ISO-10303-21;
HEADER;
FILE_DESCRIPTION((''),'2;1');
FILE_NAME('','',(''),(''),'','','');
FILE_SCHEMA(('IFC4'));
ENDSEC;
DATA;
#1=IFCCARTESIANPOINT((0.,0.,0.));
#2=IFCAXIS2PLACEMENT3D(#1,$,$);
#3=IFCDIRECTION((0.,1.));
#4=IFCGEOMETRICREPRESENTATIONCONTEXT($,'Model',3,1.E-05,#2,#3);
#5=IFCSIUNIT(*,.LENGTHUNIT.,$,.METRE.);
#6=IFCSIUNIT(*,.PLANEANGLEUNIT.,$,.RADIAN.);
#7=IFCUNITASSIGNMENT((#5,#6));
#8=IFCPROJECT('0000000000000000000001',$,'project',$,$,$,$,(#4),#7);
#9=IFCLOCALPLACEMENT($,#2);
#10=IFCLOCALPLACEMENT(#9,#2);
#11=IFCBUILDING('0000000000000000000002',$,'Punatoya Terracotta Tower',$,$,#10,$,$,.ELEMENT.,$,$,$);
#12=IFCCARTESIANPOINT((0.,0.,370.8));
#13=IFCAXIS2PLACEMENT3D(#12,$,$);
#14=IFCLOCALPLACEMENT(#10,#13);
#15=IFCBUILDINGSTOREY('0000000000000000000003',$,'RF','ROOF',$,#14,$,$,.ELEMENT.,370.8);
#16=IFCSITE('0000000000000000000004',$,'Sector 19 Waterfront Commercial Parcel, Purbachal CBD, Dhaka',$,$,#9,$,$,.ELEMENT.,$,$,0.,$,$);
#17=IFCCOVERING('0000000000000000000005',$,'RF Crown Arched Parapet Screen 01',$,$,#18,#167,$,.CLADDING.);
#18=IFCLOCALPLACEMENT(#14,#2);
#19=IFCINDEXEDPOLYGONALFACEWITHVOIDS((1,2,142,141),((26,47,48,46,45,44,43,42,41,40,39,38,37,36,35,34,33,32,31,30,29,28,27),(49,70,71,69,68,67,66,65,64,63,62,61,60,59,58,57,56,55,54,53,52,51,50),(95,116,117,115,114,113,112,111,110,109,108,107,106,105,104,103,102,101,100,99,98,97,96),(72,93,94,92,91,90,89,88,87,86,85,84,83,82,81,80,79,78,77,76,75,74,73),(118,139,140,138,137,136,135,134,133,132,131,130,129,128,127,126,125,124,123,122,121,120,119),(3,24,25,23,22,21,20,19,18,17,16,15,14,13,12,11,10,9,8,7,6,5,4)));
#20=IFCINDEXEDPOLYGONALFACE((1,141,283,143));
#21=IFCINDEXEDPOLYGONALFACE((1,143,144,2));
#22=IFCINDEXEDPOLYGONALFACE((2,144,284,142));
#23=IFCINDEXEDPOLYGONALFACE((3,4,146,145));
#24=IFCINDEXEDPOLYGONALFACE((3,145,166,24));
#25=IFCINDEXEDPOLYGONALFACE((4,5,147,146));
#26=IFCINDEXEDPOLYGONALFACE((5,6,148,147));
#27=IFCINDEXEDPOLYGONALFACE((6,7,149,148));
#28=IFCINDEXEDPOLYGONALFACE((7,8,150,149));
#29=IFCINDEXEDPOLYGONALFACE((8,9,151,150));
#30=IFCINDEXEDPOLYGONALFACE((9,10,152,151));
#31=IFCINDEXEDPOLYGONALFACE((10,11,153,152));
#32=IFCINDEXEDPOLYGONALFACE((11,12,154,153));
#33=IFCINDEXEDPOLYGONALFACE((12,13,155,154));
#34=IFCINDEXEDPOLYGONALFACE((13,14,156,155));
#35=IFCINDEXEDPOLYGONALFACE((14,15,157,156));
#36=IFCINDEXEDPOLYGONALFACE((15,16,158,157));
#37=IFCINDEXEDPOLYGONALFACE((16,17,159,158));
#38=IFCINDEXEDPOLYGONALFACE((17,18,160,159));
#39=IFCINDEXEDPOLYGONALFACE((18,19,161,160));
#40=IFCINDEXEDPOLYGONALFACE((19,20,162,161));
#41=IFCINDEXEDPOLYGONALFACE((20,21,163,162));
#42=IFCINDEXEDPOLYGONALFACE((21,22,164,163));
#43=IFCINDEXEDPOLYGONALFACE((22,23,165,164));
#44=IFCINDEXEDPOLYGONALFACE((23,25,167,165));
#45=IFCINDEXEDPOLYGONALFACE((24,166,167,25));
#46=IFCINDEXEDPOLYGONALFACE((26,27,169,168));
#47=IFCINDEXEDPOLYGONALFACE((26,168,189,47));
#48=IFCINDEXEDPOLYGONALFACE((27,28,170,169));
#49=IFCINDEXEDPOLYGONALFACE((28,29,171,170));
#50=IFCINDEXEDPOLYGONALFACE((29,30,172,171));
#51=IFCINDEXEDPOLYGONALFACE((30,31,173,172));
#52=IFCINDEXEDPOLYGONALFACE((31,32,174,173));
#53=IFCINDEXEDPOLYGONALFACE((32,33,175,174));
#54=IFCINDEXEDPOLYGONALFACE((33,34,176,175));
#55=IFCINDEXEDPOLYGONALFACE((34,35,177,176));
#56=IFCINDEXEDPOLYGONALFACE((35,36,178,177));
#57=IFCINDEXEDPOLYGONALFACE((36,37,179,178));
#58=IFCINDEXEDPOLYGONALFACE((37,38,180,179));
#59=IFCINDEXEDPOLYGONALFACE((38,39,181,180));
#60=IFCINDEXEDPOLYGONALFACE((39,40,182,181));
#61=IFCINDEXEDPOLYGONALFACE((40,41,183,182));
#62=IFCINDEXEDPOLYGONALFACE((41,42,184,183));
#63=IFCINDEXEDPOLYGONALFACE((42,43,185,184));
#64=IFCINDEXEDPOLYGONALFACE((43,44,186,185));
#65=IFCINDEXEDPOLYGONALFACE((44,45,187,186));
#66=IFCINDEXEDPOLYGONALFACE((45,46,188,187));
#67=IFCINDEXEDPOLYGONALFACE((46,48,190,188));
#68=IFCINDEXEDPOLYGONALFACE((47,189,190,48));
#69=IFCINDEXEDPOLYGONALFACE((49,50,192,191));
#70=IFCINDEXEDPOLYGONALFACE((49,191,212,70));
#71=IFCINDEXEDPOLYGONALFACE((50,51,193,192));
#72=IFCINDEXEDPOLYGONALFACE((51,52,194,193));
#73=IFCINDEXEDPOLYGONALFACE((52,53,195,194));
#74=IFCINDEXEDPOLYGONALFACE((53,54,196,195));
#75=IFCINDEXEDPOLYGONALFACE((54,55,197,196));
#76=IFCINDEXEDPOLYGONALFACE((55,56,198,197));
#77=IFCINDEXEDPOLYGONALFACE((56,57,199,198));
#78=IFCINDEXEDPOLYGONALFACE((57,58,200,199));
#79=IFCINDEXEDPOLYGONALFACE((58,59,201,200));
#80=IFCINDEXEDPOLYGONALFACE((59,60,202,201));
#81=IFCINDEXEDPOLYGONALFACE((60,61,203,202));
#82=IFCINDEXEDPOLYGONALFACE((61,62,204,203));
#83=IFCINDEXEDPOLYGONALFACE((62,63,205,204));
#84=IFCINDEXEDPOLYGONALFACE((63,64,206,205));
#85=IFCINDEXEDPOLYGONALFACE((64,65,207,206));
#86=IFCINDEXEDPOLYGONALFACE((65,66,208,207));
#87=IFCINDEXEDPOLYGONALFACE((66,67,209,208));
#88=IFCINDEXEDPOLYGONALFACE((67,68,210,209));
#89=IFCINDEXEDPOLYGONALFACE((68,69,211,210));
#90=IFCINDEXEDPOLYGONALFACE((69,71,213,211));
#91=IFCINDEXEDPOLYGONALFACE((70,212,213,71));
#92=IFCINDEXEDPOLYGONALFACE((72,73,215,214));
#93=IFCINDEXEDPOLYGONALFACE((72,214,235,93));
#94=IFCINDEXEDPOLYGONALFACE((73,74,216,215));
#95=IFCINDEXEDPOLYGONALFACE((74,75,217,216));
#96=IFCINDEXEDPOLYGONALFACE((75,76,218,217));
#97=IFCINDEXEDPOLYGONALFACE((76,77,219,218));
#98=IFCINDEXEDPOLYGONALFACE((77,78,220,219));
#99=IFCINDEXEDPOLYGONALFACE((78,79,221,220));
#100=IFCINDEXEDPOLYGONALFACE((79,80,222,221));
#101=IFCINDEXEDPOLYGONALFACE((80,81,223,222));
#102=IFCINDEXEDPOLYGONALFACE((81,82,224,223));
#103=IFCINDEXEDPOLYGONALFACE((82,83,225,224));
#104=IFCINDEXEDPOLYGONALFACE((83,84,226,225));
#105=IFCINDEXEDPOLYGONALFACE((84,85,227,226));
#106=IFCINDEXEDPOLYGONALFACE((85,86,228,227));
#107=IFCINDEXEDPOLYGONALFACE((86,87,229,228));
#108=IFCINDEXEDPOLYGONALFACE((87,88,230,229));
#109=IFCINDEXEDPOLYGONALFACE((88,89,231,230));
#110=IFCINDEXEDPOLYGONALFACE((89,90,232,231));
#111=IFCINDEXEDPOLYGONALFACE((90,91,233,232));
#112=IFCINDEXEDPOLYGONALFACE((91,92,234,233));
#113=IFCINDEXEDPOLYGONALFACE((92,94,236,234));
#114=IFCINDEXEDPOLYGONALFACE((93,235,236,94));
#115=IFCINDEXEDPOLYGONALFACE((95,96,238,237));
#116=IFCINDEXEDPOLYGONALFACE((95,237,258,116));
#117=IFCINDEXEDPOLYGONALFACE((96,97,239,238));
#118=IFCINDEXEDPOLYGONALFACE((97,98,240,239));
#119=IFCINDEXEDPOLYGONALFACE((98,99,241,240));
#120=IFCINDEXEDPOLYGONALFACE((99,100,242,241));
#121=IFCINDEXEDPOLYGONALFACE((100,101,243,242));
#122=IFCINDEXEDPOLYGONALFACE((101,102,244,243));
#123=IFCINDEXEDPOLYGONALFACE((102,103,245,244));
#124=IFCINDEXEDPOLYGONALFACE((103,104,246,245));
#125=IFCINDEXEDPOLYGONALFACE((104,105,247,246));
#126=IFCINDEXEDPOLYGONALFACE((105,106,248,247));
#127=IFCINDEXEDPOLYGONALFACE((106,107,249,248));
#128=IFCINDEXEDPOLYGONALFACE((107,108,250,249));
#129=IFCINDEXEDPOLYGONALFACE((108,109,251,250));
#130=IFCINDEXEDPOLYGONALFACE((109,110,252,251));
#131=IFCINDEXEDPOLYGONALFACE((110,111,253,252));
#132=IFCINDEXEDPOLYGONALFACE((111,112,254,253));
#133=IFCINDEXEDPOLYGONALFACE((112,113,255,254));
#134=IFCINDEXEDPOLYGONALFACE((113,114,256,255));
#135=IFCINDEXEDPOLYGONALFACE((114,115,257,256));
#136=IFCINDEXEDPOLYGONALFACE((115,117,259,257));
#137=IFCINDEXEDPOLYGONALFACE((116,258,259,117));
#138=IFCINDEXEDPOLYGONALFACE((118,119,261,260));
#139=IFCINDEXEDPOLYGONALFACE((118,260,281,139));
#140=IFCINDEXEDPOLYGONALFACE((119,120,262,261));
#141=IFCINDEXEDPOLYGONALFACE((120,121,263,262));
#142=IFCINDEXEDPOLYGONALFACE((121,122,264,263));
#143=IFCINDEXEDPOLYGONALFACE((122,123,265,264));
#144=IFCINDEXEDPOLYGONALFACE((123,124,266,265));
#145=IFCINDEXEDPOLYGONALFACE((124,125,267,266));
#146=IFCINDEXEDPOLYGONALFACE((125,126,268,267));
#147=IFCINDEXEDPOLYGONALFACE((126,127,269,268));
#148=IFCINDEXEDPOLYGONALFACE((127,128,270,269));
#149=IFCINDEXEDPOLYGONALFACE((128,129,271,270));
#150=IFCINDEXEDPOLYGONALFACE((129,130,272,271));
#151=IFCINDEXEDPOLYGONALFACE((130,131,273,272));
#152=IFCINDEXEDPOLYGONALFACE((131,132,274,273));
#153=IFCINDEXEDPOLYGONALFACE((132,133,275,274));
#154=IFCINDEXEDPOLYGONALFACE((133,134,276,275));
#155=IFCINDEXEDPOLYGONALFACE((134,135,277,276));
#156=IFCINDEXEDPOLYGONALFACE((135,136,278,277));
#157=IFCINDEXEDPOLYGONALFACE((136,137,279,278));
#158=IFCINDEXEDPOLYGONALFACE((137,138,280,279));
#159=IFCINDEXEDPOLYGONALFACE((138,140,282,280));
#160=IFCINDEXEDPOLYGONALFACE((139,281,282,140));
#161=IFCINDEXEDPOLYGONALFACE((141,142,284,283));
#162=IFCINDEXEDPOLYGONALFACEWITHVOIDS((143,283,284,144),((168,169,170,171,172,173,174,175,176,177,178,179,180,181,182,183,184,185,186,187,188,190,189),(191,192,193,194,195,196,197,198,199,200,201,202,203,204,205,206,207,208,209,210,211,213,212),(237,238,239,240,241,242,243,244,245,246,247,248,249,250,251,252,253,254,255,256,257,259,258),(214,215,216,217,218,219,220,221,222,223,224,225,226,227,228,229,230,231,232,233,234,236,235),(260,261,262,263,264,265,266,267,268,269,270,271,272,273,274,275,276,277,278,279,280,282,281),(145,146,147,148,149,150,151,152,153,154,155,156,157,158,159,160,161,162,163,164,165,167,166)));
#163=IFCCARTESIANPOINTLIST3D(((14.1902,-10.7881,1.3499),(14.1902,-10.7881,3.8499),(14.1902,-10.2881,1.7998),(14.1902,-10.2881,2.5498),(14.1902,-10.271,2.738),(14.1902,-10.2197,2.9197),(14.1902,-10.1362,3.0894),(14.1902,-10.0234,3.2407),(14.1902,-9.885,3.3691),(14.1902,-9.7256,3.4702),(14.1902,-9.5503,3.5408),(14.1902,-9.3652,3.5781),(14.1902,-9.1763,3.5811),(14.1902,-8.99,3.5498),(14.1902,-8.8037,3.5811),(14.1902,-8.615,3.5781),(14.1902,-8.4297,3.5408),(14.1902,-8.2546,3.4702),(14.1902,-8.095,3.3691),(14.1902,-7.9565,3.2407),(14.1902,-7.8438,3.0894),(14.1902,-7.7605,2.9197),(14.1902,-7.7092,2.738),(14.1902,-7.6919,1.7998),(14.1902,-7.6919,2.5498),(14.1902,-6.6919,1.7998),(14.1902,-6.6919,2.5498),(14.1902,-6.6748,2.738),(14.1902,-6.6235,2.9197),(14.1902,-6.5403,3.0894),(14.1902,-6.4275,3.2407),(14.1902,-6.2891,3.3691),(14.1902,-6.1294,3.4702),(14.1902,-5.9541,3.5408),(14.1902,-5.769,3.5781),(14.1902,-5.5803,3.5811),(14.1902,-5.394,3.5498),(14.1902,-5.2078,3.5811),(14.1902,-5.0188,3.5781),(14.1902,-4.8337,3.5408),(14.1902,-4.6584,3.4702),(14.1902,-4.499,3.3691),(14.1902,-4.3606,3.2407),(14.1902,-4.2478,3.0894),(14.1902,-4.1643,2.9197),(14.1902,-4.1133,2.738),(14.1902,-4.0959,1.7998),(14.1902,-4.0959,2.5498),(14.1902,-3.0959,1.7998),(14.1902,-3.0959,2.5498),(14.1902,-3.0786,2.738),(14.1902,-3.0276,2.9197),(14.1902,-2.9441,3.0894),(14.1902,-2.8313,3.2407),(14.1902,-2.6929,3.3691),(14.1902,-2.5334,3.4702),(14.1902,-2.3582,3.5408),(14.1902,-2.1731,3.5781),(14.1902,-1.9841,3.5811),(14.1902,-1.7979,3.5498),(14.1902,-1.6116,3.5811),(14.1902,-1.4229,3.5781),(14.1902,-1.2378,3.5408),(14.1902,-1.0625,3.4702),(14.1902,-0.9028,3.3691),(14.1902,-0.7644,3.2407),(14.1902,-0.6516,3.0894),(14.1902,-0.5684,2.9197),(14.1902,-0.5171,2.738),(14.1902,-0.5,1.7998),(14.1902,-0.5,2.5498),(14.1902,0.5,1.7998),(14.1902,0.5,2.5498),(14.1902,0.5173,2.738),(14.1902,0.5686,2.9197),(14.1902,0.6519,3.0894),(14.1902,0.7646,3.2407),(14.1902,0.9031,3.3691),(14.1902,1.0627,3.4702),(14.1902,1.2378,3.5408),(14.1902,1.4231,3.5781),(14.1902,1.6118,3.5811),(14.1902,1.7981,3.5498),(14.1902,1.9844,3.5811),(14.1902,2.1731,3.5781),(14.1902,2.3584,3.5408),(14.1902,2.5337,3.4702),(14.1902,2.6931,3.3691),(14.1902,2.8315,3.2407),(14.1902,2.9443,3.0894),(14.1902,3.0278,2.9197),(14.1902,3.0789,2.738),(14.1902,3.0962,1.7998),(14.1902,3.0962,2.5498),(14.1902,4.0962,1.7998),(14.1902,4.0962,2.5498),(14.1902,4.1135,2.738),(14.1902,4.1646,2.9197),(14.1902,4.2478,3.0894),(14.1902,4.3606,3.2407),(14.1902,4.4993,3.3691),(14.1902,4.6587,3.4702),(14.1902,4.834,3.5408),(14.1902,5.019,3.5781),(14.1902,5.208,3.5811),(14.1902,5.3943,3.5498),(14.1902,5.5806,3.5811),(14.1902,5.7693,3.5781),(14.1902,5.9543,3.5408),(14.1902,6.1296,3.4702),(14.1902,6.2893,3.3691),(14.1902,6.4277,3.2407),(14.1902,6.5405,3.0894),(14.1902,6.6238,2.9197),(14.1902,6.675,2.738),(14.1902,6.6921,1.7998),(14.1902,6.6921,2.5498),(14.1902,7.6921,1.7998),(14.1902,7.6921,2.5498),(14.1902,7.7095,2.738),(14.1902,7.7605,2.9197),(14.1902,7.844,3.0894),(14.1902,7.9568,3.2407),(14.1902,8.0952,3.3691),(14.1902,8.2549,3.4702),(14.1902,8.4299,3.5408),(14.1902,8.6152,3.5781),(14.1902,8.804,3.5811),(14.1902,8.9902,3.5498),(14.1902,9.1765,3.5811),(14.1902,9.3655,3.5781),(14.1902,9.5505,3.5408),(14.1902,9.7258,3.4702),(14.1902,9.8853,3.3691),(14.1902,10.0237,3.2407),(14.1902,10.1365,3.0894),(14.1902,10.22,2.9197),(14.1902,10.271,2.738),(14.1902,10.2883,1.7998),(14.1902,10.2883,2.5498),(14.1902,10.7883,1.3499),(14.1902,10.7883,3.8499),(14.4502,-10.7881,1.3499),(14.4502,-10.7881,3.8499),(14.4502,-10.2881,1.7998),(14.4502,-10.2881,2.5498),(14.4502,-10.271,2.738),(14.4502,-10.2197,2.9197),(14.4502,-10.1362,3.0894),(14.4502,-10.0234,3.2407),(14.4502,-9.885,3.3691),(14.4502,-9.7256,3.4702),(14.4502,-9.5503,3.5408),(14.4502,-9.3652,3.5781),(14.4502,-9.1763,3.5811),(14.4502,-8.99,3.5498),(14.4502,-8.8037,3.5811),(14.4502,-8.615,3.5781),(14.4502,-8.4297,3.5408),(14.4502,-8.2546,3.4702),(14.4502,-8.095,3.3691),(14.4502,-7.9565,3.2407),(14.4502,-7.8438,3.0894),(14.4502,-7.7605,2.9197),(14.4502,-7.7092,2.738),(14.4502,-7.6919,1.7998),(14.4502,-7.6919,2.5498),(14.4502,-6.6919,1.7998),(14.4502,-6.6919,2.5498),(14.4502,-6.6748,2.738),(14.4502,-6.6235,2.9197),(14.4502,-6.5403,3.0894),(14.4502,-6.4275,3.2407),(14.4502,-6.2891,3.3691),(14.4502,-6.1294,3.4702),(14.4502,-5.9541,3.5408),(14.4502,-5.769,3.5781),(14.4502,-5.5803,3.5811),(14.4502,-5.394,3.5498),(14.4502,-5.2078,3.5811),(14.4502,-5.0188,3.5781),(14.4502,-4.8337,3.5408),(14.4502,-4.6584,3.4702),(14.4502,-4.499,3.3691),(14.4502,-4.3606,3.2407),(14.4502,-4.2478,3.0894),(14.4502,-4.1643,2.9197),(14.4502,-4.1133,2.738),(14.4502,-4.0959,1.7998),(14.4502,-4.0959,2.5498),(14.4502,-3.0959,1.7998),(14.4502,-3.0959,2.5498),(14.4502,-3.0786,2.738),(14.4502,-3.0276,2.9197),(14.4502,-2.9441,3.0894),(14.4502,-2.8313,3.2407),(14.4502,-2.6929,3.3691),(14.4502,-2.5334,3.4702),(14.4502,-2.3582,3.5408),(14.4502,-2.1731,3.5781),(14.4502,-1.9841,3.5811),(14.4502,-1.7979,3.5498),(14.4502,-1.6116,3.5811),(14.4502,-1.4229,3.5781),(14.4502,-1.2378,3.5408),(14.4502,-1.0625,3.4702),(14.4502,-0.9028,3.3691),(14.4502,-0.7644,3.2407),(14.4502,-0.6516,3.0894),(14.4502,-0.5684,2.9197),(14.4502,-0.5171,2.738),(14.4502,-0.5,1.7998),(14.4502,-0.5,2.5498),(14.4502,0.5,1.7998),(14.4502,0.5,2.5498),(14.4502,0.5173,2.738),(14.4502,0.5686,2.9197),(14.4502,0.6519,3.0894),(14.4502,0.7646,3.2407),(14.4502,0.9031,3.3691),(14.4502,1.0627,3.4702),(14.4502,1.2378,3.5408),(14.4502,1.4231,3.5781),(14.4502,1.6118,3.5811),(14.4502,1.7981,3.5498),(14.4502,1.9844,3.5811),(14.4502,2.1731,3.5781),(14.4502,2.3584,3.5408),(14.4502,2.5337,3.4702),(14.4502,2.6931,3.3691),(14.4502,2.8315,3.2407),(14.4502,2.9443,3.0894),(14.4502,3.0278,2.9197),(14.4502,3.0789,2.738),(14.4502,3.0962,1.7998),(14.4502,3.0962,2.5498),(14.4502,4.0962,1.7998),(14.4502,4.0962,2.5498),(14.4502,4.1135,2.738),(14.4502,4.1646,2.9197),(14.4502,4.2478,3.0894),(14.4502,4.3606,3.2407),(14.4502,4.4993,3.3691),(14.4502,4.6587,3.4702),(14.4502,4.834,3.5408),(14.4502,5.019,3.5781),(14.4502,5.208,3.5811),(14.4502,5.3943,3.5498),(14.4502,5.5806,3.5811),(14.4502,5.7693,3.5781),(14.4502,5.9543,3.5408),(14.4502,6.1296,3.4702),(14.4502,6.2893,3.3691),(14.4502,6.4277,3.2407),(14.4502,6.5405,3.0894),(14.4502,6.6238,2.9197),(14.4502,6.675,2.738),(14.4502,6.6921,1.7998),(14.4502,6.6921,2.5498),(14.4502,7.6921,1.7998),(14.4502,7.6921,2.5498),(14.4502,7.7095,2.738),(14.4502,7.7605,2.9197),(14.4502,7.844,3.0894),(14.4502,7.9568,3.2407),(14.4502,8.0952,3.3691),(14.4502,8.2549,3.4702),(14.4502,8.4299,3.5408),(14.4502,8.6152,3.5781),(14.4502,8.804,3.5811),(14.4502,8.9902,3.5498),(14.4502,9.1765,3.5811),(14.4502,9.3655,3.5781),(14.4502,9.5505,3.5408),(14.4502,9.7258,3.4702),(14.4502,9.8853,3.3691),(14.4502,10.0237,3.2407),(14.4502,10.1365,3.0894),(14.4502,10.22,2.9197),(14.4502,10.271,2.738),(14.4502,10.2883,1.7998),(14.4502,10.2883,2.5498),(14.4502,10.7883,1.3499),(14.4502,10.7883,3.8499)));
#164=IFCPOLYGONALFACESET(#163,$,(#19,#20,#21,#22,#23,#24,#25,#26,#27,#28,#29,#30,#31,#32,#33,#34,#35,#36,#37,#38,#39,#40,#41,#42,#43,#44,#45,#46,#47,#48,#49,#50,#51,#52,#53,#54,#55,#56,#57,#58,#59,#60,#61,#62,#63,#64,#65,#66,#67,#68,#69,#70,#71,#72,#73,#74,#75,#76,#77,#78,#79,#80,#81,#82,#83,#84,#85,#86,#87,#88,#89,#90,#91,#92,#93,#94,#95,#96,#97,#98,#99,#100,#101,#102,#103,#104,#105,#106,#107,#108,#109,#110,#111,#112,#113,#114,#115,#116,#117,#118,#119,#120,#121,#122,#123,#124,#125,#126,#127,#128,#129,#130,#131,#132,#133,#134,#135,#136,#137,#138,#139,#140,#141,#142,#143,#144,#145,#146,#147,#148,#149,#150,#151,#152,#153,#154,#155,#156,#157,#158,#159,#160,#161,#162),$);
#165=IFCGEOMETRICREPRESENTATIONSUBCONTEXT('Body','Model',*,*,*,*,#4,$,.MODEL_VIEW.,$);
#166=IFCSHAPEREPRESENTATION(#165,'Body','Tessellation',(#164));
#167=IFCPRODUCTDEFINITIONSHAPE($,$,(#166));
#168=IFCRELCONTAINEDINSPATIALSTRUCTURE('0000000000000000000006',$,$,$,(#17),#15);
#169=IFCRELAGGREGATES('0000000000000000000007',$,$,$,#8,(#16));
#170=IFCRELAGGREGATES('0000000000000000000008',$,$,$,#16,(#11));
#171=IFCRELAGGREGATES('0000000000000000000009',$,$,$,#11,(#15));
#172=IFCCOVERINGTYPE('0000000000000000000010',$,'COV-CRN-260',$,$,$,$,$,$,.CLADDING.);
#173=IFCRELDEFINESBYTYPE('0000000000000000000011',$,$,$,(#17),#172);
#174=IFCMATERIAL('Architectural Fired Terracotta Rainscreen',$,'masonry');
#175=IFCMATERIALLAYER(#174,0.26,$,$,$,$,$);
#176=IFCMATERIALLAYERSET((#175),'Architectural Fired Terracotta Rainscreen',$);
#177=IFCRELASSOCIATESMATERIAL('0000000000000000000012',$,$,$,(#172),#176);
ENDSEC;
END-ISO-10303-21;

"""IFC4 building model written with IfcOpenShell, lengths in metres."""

from ifc_helpers import new_model, si_unit, direction, frame, origin, place, context, subcontext, project, spatial, polyline, outline, extrude, material, layer, layer_set, type_object, element, save


model = new_model("IFC4")

# Units and contexts
model_context = context("Model", 3, precision=1e-05, world=origin(), true_north=direction((0.0, 1.0)))
body_context = subcontext(model_context, "Body", "Model", "MODEL_VIEW")
ifc_project = project(units=[si_unit("LENGTHUNIT", "METRE"), si_unit("PLANEANGLEUNIT", "RADIAN")], contexts=[model_context])

# Site, building, storey
site_placement = place(None, origin())
site = spatial("IfcSite", under=ifc_project, at=site_placement, Name="Sector 19 Waterfront Commercial Parcel, Purbachal CBD, Dhaka", CompositionType="ELEMENT", RefElevation=0.0)
building_placement = place(site_placement, origin())
building = spatial("IfcBuilding", under=site, at=building_placement, Name="Punatoya Terracotta Tower", CompositionType="ELEMENT")
storey_placement = place(building_placement, frame((0.0, 0.0, 370.8)))
storey = spatial("IfcBuildingStorey", under=building, at=storey_placement, Name="RF", Description="ROOF", CompositionType="ELEMENT", Elevation=370.8)

# Covering
ifc_material_1 = material(Name="Architectural Fired Terracotta Rainscreen", Category="masonry")
ifc_layer_1 = layer(ifc_material_1, 0.26)
ifc_layer_set_1 = layer_set([ifc_layer_1], Name="Architectural Fired Terracotta Rainscreen")
covering_type_1 = type_object("IfcCoveringType", Name="COV-CRN-260", PredefinedType="CLADDING", material=ifc_layer_set_1)
covering_1_placement = place(storey_placement, frame((14.3201, -10.7881, 1.3499), z_axis=(0.0, 0.0, 1.0), x_axis=(0.0, 1.0, 0.0)))
element("IfcCovering", 1, at=covering_1_placement, inside=storey, type_object=covering_type_1, Name="RF Crown Arched Parapet Screen 01", PredefinedType="CLADDING", context=body_context, shape_type="SweptSolid", body=[
    extrude(outline(polyline([(0.0, 0.0), (21.5764, 0.0), (21.5764, 2.5), (0.0, 2.5), (0.0, 0.0)]), holes=[polyline([(0.5, 0.45), (0.5, 1.2), (0.5171, 1.3882), (0.5684, 1.5698), (0.6519, 1.7395), (0.7646, 1.8909), (0.9031, 2.0193), (1.0625, 2.1204), (1.2378, 2.1909), (1.4229, 2.2283), (1.6118, 2.2312), (1.7981, 2.2), (1.9844, 2.2312), (2.1731, 2.2283), (2.3584, 2.1909), (2.5334, 2.1204), (2.6931, 2.0193), (2.8315, 1.8909), (2.9443, 1.7395), (3.0276, 1.5698), (3.0789, 1.3882), (3.0962, 1.2), (3.0962, 0.45), (0.5, 0.45)]), polyline([(4.0962, 0.45), (4.0962, 1.2), (4.1133, 1.3882), (4.1646, 1.5698), (4.2478, 1.7395), (4.3606, 1.8909), (4.499, 2.0193), (4.6587, 2.1204), (4.834, 2.1909), (5.019, 2.2283), (5.2078, 2.2312), (5.394, 2.2), (5.5803, 2.2312), (5.7693, 2.2283), (5.9543, 2.1909), (6.1296, 2.1204), (6.2891, 2.0193), (6.4275, 1.8909), (6.5403, 1.7395), (6.6238, 1.5698), (6.6748, 1.3882), (6.6921, 1.2), (6.6921, 0.45), (4.0962, 0.45)]), polyline([(7.6921, 0.45), (7.6921, 1.2), (7.7095, 1.3882), (7.7605, 1.5698), (7.844, 1.7395), (7.9568, 1.8909), (8.0952, 2.0193), (8.2546, 2.1204), (8.4299, 2.1909), (8.615, 2.2283), (8.804, 2.2312), (8.9902, 2.2), (9.1765, 2.2312), (9.3652, 2.2283), (9.5503, 2.1909), (9.7256, 2.1204), (9.8853, 2.0193), (10.0237, 1.8909), (10.1365, 1.7395), (10.2197, 1.5698), (10.271, 1.3882), (10.2881, 1.2), (10.2881, 0.45), (7.6921, 0.45)]), polyline([(11.2881, 0.45), (11.2881, 1.2), (11.3054, 1.3882), (11.3567, 1.5698), (11.4399, 1.7395), (11.5527, 1.8909), (11.6912, 2.0193), (11.8508, 2.1204), (12.0259, 2.1909), (12.2112, 2.2283), (12.3999, 2.2312), (12.5862, 2.2), (12.7725, 2.2312), (12.9612, 2.2283), (13.1465, 2.1909), (13.3218, 2.1204), (13.4812, 2.0193), (13.6196, 1.8909), (13.7324, 1.7395), (13.8159, 1.5698), (13.8669, 1.3882), (13.8843, 1.2), (13.8843, 0.45), (11.2881, 0.45)]), polyline([(14.8843, 0.45), (14.8843, 1.2), (14.9016, 1.3882), (14.9526, 1.5698), (15.0359, 1.7395), (15.1487, 1.8909), (15.2874, 2.0193), (15.4468, 2.1204), (15.6221, 2.1909), (15.8071, 2.2283), (15.9961, 2.2312), (16.1824, 2.2), (16.3687, 2.2312), (16.5574, 2.2283), (16.7424, 2.1909), (16.9177, 2.1204), (17.0774, 2.0193), (17.2158, 1.8909), (17.3286, 1.7395), (17.4119, 1.5698), (17.4631, 1.3882), (17.4802, 1.2), (17.4802, 0.45), (14.8843, 0.45)]), polyline([(18.4802, 0.45), (18.4802, 1.2), (18.4976, 1.3882), (18.5486, 1.5698), (18.6321, 1.7395), (18.7449, 1.8909), (18.8833, 2.0193), (19.043, 2.1204), (19.218, 2.1909), (19.4033, 2.2283), (19.592, 2.2312), (19.7783, 2.2), (19.9646, 2.2312), (20.1536, 2.2283), (20.3386, 2.1909), (20.5139, 2.1204), (20.6733, 2.0193), (20.8118, 1.8909), (20.9246, 1.7395), (21.0081, 1.5698), (21.0591, 1.3882), (21.0764, 1.2), (21.0764, 0.45), (18.4802, 0.45)])]), frame((0.0, 0.1299, 0.0), z_axis=(0.0, -1.0, 0.0), x_axis=(1.0, 0.0, 0.0)), (0.0, 0.0, 1.0), 0.26),
])

save(model, "model.ifc")
